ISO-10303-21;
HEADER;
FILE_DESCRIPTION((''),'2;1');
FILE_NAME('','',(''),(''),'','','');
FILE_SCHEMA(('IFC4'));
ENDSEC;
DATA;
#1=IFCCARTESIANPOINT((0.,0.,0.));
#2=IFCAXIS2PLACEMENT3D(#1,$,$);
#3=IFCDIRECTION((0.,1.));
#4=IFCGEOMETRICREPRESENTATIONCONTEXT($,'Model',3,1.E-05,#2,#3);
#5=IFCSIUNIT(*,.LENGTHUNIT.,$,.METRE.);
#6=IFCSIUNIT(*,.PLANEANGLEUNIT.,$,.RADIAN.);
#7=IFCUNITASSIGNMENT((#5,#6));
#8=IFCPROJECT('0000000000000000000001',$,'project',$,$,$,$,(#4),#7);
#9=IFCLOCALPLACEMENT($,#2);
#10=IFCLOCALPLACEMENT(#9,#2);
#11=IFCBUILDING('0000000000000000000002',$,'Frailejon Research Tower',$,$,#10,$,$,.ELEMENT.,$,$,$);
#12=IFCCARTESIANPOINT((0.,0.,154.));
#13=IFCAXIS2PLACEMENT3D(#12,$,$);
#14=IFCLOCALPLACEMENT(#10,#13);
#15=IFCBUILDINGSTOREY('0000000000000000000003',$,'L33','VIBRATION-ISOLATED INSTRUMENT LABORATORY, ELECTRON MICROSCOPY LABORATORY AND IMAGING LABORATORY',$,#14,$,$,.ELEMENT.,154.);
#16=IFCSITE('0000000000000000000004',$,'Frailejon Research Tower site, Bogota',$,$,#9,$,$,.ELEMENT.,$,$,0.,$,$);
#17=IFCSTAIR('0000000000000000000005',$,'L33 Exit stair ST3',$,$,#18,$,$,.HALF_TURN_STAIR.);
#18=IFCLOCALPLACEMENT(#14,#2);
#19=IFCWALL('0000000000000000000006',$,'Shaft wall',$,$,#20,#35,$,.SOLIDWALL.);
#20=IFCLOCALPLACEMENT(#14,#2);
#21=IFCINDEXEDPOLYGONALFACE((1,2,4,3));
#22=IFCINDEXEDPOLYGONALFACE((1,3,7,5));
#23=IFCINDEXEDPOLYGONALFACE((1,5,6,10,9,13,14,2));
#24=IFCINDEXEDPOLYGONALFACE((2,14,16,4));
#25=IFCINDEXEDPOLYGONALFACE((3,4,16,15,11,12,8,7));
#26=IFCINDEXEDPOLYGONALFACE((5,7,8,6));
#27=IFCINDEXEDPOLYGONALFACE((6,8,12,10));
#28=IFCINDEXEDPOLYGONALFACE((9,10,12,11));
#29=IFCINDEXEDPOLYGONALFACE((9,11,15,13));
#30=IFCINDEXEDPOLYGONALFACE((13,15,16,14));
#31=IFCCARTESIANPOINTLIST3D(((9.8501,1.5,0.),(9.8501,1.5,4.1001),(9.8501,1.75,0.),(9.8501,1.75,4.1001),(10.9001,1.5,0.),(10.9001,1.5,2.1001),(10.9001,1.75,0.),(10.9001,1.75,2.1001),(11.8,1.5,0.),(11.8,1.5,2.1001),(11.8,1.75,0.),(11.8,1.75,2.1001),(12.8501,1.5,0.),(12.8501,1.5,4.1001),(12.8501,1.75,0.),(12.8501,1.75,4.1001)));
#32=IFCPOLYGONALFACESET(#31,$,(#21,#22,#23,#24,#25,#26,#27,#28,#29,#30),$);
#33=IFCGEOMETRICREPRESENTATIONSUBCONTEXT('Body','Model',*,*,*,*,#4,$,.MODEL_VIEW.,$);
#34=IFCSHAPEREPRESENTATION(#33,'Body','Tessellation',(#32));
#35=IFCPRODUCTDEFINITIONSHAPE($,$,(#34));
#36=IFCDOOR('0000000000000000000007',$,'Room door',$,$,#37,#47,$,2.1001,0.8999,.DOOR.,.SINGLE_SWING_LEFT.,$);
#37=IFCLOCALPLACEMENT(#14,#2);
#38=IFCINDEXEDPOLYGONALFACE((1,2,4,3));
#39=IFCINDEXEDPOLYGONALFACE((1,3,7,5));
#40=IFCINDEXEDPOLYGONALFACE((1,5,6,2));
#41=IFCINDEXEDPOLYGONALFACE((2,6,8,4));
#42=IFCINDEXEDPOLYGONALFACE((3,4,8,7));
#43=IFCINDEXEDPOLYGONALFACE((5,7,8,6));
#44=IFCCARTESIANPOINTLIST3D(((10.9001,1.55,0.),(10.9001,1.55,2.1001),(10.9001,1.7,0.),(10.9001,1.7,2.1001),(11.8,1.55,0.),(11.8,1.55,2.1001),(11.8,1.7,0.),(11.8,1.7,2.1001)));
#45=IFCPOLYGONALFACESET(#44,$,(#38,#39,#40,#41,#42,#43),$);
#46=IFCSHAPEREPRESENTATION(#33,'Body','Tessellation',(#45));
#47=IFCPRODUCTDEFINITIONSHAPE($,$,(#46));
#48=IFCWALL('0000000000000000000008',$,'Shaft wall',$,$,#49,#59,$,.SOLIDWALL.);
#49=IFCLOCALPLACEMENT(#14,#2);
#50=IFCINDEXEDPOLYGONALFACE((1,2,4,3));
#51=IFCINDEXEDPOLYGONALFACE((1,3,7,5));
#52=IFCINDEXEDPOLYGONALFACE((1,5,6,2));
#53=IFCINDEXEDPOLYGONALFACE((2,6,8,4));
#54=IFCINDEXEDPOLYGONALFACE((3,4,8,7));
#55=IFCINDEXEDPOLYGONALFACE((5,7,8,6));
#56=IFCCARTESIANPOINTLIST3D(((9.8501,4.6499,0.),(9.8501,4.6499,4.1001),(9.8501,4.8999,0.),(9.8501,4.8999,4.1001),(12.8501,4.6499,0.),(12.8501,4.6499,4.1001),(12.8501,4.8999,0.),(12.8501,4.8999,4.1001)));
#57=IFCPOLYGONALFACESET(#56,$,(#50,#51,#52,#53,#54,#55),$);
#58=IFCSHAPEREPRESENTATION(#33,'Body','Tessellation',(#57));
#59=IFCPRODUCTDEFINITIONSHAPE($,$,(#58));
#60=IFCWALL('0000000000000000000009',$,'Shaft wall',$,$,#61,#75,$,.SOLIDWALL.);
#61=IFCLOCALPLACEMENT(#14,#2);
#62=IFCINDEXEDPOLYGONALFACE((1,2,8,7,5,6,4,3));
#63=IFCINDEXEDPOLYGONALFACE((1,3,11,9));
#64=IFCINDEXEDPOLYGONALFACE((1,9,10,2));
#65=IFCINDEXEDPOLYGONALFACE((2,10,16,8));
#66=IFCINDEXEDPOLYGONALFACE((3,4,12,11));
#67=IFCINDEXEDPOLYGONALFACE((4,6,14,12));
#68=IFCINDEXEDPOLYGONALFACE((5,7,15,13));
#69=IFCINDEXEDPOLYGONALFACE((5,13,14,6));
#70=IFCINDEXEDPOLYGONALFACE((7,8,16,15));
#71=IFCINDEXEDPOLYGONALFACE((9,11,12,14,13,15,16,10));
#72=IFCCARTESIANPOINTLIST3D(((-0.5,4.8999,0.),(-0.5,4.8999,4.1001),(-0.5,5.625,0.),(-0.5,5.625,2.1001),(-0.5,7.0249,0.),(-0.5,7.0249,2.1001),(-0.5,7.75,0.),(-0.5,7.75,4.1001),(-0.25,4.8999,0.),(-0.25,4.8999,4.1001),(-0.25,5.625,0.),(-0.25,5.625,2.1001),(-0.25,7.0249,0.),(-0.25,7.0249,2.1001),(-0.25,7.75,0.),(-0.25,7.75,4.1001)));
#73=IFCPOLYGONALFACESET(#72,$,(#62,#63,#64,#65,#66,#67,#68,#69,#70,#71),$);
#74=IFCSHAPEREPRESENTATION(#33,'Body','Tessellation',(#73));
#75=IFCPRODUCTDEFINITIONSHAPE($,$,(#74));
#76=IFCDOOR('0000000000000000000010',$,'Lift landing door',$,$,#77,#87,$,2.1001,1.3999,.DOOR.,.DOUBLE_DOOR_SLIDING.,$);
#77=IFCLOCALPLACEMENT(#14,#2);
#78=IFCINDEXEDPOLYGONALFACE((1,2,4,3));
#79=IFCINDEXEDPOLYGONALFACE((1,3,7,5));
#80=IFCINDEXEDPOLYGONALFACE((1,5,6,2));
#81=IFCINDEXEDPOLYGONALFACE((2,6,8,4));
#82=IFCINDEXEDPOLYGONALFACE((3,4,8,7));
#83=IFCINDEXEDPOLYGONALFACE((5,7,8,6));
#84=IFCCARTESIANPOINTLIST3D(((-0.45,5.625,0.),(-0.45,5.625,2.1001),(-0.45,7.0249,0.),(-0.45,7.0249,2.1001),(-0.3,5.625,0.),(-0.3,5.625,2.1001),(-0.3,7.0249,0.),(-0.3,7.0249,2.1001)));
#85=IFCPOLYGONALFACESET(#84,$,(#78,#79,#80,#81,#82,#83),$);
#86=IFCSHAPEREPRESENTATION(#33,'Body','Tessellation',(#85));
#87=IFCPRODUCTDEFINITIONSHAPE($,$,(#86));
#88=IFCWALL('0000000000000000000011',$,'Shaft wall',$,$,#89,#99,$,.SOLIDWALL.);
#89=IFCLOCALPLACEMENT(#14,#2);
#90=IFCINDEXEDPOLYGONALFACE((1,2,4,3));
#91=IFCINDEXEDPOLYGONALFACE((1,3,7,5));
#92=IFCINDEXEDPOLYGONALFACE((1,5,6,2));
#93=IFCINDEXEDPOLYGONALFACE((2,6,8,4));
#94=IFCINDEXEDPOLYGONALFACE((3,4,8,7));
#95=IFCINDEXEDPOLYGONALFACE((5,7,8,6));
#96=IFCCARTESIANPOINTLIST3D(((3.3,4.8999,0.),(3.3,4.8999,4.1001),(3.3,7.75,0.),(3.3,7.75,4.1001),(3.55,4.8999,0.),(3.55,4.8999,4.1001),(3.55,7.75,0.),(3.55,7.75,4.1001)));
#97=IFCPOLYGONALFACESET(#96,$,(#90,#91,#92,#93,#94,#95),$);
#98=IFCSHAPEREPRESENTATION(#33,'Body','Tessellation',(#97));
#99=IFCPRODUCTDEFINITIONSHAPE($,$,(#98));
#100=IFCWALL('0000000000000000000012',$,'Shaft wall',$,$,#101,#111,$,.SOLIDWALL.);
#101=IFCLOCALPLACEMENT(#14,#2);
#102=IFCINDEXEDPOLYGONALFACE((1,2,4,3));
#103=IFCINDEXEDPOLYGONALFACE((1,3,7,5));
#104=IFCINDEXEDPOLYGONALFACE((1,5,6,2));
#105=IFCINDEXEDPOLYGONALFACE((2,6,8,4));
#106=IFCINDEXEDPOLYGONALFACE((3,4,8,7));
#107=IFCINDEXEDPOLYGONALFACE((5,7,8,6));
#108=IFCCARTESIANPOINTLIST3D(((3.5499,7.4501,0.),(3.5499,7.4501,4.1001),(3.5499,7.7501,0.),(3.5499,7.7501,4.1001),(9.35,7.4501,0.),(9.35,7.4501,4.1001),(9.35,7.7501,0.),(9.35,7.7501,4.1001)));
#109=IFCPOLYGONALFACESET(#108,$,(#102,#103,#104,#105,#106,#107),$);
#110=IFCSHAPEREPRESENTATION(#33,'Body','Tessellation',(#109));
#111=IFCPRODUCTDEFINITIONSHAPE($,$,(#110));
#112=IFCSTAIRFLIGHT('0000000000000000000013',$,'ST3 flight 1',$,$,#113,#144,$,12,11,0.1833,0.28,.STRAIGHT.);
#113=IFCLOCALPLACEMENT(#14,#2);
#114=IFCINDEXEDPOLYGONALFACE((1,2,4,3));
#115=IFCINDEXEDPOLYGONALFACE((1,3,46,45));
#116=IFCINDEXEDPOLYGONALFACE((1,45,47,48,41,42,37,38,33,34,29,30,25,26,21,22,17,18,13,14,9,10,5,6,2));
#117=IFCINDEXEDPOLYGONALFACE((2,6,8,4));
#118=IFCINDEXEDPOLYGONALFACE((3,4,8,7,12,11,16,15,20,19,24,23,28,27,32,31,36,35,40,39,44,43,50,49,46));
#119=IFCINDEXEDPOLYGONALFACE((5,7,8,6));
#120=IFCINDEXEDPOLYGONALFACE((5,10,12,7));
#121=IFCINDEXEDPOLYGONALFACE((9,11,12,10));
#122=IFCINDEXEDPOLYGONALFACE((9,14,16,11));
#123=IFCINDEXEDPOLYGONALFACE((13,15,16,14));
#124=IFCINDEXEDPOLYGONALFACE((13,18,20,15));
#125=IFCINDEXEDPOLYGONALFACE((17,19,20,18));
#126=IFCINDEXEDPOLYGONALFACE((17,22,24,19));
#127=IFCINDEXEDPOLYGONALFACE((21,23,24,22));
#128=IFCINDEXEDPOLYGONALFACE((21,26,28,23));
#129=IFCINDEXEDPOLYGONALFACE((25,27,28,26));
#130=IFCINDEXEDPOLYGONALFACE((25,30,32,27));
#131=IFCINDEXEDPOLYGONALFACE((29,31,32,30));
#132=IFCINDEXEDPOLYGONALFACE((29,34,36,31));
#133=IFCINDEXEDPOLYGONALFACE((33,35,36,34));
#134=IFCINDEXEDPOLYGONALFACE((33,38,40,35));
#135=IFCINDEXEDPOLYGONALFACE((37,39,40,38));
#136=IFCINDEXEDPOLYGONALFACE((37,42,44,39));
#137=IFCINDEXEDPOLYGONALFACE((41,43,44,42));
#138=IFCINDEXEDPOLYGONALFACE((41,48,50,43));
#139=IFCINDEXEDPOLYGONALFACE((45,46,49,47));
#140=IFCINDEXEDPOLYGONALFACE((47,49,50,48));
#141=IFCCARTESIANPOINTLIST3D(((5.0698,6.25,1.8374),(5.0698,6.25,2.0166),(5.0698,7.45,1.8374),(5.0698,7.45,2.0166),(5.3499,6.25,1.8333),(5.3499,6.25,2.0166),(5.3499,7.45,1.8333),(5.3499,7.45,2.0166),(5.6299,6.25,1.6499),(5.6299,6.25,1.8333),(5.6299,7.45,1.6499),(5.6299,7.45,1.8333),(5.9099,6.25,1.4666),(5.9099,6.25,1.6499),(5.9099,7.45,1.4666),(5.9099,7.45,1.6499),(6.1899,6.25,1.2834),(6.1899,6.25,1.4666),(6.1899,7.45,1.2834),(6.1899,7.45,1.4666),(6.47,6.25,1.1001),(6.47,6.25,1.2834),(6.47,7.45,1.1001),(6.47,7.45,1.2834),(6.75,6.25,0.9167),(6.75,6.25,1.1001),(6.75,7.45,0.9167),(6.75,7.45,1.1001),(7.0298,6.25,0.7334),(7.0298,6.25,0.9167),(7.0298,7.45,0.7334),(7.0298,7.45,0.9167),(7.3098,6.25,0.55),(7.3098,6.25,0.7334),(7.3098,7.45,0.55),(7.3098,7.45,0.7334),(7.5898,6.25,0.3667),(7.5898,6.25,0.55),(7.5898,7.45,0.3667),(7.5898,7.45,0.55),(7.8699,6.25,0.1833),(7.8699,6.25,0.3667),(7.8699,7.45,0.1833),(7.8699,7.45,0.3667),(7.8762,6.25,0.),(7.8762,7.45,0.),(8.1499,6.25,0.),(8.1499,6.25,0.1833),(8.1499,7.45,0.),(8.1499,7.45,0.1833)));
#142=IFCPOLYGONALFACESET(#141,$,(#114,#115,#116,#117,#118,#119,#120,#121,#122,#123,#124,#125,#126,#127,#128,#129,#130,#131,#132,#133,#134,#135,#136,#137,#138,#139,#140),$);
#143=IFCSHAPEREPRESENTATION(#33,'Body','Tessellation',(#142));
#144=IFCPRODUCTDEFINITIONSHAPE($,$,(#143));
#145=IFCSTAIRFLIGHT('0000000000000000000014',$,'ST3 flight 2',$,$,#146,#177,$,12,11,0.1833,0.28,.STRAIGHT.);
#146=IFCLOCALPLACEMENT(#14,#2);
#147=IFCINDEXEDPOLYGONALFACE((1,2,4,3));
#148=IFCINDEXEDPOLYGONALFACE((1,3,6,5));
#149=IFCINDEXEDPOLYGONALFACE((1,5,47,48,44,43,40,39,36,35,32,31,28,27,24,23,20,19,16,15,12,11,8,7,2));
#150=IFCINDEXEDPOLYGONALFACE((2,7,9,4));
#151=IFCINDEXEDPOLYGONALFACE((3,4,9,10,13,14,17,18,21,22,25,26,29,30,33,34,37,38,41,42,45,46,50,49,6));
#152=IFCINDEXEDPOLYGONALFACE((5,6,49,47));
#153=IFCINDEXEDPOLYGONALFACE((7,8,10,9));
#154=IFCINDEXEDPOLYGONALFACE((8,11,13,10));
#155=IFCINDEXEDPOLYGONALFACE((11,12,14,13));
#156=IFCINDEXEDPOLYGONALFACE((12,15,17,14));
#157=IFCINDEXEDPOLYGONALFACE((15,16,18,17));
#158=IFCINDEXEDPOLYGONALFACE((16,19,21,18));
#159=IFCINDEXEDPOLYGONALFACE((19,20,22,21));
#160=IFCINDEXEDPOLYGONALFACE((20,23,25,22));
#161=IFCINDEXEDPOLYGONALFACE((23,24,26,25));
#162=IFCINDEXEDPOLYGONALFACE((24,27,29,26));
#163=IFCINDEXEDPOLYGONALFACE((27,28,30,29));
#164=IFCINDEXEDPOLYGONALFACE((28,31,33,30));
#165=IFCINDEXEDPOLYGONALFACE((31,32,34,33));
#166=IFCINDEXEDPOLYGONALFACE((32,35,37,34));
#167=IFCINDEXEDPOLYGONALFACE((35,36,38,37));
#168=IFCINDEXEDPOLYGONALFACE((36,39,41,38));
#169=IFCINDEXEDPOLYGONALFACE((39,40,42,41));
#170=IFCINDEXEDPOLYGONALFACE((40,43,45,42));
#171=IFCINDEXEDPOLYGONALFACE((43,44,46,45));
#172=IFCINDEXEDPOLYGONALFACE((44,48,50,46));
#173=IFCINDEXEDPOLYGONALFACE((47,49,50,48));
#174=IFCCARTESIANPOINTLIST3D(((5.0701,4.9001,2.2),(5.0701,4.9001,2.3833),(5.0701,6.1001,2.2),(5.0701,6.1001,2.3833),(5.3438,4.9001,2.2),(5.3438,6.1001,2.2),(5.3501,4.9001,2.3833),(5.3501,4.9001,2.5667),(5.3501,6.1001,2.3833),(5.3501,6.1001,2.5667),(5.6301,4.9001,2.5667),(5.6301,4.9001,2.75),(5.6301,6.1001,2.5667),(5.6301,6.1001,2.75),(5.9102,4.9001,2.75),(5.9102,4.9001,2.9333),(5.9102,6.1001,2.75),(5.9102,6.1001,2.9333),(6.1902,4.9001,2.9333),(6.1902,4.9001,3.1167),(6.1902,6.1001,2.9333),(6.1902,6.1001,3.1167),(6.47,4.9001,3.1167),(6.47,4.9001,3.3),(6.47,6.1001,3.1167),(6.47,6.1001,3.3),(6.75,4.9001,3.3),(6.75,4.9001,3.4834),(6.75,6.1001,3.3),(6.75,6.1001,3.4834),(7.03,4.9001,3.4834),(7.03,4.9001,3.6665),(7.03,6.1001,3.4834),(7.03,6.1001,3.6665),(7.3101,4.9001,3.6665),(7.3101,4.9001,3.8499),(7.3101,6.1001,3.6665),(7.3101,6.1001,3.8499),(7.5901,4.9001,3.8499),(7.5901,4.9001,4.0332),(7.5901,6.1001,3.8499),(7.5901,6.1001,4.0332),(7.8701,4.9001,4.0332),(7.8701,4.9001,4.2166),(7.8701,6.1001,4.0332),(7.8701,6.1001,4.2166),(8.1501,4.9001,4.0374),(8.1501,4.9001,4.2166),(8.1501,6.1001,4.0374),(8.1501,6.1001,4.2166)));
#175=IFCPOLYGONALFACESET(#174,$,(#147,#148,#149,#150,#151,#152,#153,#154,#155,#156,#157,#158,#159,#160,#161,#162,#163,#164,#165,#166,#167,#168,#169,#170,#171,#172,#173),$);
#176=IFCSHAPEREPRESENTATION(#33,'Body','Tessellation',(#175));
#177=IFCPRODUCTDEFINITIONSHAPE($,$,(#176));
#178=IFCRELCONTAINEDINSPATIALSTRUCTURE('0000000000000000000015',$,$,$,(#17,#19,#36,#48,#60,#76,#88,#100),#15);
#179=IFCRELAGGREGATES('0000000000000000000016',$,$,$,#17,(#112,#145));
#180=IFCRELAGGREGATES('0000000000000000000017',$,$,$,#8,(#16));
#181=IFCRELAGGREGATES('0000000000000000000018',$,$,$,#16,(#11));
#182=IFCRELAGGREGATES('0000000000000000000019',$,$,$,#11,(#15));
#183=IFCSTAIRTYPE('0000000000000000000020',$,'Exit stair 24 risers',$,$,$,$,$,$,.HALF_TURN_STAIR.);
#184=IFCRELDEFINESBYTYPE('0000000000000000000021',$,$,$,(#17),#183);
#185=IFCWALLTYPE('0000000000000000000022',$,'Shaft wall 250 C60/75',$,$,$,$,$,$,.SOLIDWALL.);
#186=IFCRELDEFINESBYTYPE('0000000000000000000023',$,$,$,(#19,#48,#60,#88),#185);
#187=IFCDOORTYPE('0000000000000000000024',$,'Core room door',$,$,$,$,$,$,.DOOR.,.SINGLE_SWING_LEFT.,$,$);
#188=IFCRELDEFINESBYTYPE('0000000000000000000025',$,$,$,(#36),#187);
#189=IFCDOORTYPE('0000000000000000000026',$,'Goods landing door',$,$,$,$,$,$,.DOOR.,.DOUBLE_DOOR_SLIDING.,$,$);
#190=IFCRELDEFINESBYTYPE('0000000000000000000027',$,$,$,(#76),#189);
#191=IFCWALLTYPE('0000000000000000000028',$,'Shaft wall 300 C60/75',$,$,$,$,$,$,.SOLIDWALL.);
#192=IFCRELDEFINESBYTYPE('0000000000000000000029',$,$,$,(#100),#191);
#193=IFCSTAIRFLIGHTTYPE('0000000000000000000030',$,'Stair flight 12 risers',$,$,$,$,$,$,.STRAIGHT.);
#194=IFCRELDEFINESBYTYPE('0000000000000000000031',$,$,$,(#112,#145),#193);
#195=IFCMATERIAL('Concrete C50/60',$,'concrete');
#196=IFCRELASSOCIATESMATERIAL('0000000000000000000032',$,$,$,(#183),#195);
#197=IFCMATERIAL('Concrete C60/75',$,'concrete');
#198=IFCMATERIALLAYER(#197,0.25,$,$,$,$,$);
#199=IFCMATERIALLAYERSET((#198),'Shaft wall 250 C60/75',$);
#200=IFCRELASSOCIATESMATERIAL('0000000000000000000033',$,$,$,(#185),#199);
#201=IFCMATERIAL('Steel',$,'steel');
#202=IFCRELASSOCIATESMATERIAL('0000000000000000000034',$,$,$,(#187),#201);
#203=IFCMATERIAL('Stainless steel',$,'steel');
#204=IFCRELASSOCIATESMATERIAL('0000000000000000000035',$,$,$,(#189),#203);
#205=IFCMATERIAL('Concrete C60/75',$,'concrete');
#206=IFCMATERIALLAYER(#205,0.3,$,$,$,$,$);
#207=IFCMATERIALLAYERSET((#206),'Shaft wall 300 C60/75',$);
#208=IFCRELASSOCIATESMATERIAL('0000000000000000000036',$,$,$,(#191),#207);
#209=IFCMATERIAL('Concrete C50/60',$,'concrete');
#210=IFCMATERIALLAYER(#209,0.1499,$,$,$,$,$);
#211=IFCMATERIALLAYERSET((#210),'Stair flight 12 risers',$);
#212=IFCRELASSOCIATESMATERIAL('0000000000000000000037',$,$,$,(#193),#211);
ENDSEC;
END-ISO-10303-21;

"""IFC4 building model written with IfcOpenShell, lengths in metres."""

from ifc_helpers import new_model, si_unit, direction, frame, frame_2d, origin, place, context, subcontext, project, spatial, polyline, rectangle, outline, extrude, material, layer, layer_set, type_object, element, fill, aggregate, save


model = new_model("IFC4")

# Units and contexts
model_context = context("Model", 3, precision=1e-05, world=origin(), true_north=direction((0.0, 1.0)))
body_context = subcontext(model_context, "Body", "Model", "MODEL_VIEW")
ifc_project = project(units=[si_unit("LENGTHUNIT", "METRE"), si_unit("PLANEANGLEUNIT", "RADIAN")], contexts=[model_context])

# Site, building, storey
site_placement = place(None, origin())
site = spatial("IfcSite", under=ifc_project, at=site_placement, Name="Frailejon Research Tower site, Bogota", CompositionType="ELEMENT", RefElevation=0.0)
building_placement = place(site_placement, origin())
building = spatial("IfcBuilding", under=site, at=building_placement, Name="Frailejon Research Tower", CompositionType="ELEMENT")
storey_placement = place(building_placement, frame((0.0, 0.0, 154.0)))
storey = spatial("IfcBuildingStorey", under=building, at=storey_placement, Name="L33", Description="VIBRATION-ISOLATED INSTRUMENT LABORATORY, ELECTRON MICROSCOPY LABORATORY AND IMAGING LABORATORY", CompositionType="ELEMENT", Elevation=154.0)

# Stair
ifc_material_1 = material(Name="Concrete C50/60", Category="concrete")
stair_type = type_object("IfcStairType", Name="Exit stair 24 risers", PredefinedType="HALF_TURN_STAIR", material=ifc_material_1)
stair_1_placement = place(storey_placement, origin())
stair_1 = element("IfcStair", 1, at=stair_1_placement, inside=storey, type_object=stair_type, Name="L33 Exit stair ST3", PredefinedType="HALF_TURN_STAIR")

# Wall, opening, door
ifc_material_2 = material(Name="Concrete C60/75", Category="concrete")
ifc_layer_1 = layer(ifc_material_2, 0.25)
ifc_layer_set_1 = layer_set([ifc_layer_1], Name="Shaft wall 250 C60/75")
wall_type_1 = type_object("IfcWallType", Name="Shaft wall 250 C60/75", PredefinedType="SOLIDWALL", material=ifc_layer_set_1)
wall_1_placement = place(storey_placement, frame((9.8501, 1.625, 0.0), z_axis=(0.0, 0.0, 1.0), x_axis=(1.0, 0.0, 0.0)))
wall_1 = element("IfcWall", 2, at=wall_1_placement, inside=storey, type_object=wall_type_1, Name="Shaft wall", PredefinedType="SOLIDWALL", context=body_context, shape_type="SweptSolid", body=[
    extrude(rectangle(XDim=3.0, YDim=0.25, at=frame_2d((1.5, 0.0))), origin(), (0.0, 0.0, 1.0), 4.1001),
])
opening_1_placement = place(wall_1_placement, frame((1.05, 0.0, 0.0)))
opening_1 = element("IfcOpeningElement", 3, at=opening_1_placement, cuts=wall_1, PredefinedType="OPENING", context=body_context, shape_type="SweptSolid", body=[
    extrude(rectangle(XDim=0.8999, YDim=2.1001, at=frame_2d((0.45, 1.05))), frame((0.0, 0.135, 0.0), z_axis=(0.0, -1.0, 0.0), x_axis=(1.0, 0.0, 0.0)), (0.0, 0.0, 1.0), 0.27),
])
ifc_material_3 = material(Name="Steel", Category="steel")
door_type_1 = type_object("IfcDoorType", Name="Core room door", OperationType="SINGLE_SWING_LEFT", PredefinedType="DOOR", material=ifc_material_3)
door_1_placement = place(opening_1_placement, origin())
door_1 = element("IfcDoor", 4, at=door_1_placement, inside=storey, type_object=door_type_1, Name="Room door", OperationType="SINGLE_SWING_LEFT", OverallHeight=2.1001, OverallWidth=0.8999, PredefinedType="DOOR", context=body_context, shape_type="SweptSolid", body=[
    extrude(rectangle(XDim=0.8999, YDim=2.1001, at=frame_2d((0.45, 1.05))), frame((0.0, 0.075, 0.0), z_axis=(0.0, -1.0, 0.0), x_axis=(1.0, 0.0, 0.0)), (0.0, 0.0, 1.0), 0.1499),
])
fill(opening_1, door_1)

# Wall
wall_2_placement = place(storey_placement, frame((9.8501, 4.7749, 0.0), z_axis=(0.0, 0.0, 1.0), x_axis=(1.0, 0.0, 0.0)))
element("IfcWall", 5, at=wall_2_placement, inside=storey, type_object=wall_type_1, Name="Shaft wall", PredefinedType="SOLIDWALL", context=body_context, shape_type="SweptSolid", body=[
    extrude(rectangle(XDim=3.0, YDim=0.25, at=frame_2d((1.5, 0.0))), origin(), (0.0, 0.0, 1.0), 4.1001),
])

# Wall, opening, door
wall_3_placement = place(storey_placement, frame((-0.375, 4.8999, 0.0), z_axis=(0.0, 0.0, 1.0), x_axis=(0.0, 1.0, 0.0)))
wall_3 = element("IfcWall", 6, at=wall_3_placement, inside=storey, type_object=wall_type_1, Name="Shaft wall", PredefinedType="SOLIDWALL", context=body_context, shape_type="SweptSolid", body=[
    extrude(rectangle(XDim=2.8501, YDim=0.25, at=frame_2d((1.425, 0.0))), origin(), (0.0, 0.0, 1.0), 4.1001),
])
opening_2_placement = place(wall_3_placement, frame((0.7251, 0.0, 0.0)))
opening_2 = element("IfcOpeningElement", 7, at=opening_2_placement, cuts=wall_3, PredefinedType="OPENING", context=body_context, shape_type="SweptSolid", body=[
    extrude(rectangle(XDim=1.3999, YDim=2.1001, at=frame_2d((0.7, 1.05))), frame((0.0, 0.135, 0.0), z_axis=(0.0, -1.0, 0.0), x_axis=(1.0, 0.0, 0.0)), (0.0, 0.0, 1.0), 0.27),
])
ifc_material_4 = material(Name="Stainless steel", Category="steel")
door_type_2 = type_object("IfcDoorType", Name="Goods landing door", OperationType="DOUBLE_DOOR_SLIDING", PredefinedType="DOOR", material=ifc_material_4)
door_2_placement = place(opening_2_placement, origin())
door_2 = element("IfcDoor", 8, at=door_2_placement, inside=storey, type_object=door_type_2, Name="Lift landing door", OperationType="DOUBLE_DOOR_SLIDING", OverallHeight=2.1001, OverallWidth=1.3999, PredefinedType="DOOR", context=body_context, shape_type="SweptSolid", body=[
    extrude(rectangle(XDim=1.3999, YDim=2.1001, at=frame_2d((0.7, 1.05))), frame((0.0, 0.075, 0.0), z_axis=(0.0, -1.0, 0.0), x_axis=(1.0, 0.0, 0.0)), (0.0, 0.0, 1.0), 0.1499),
])
fill(opening_2, door_2)

# Walls
wall_4_placement = place(storey_placement, frame((3.425, 4.8999, 0.0), z_axis=(0.0, 0.0, 1.0), x_axis=(0.0, 1.0, 0.0)))
element("IfcWall", 9, at=wall_4_placement, inside=storey, type_object=wall_type_1, Name="Shaft wall", PredefinedType="SOLIDWALL", context=body_context, shape_type="SweptSolid", body=[
    extrude(rectangle(XDim=2.8501, YDim=0.25, at=frame_2d((1.425, 0.0))), origin(), (0.0, 0.0, 1.0), 4.1001),
])
ifc_material_5 = material(Name="Concrete C60/75", Category="concrete")
ifc_layer_2 = layer(ifc_material_5, 0.3)
ifc_layer_set_2 = layer_set([ifc_layer_2], Name="Shaft wall 300 C60/75")
wall_type_2 = type_object("IfcWallType", Name="Shaft wall 300 C60/75", PredefinedType="SOLIDWALL", material=ifc_layer_set_2)
wall_5_placement = place(storey_placement, frame((3.55, 7.6001, 0.0), z_axis=(0.0, 0.0, 1.0), x_axis=(1.0, 0.0, 0.0)))
element("IfcWall", 10, at=wall_5_placement, inside=storey, type_object=wall_type_2, Name="Shaft wall", PredefinedType="SOLIDWALL", context=body_context, shape_type="SweptSolid", body=[
    extrude(rectangle(XDim=5.8, YDim=0.3, at=frame_2d((2.8999, 0.0))), origin(), (0.0, 0.0, 1.0), 4.1001),
])

# Stair flights
ifc_material_6 = material(Name="Concrete C50/60", Category="concrete")
ifc_layer_3 = layer(ifc_material_6, 0.1499)
ifc_layer_set_3 = layer_set([ifc_layer_3], Name="Stair flight 12 risers")
stair_flight_type = type_object("IfcStairFlightType", Name="Stair flight 12 risers", PredefinedType="STRAIGHT", material=ifc_layer_set_3)
stair_flight_1_placement = place(storey_placement, frame((8.1499, 6.8501, 0.0), z_axis=(0.0, 0.0, 1.0), x_axis=(-1.0, 0.0, 0.0)))
stair_flight_1 = element("IfcStairFlight", 11, at=stair_flight_1_placement, type_object=stair_flight_type, Name="ST3 flight 1", NumberOfRisers=12, NumberOfTreads=11, PredefinedType="STRAIGHT", RiserHeight=0.1833, TreadLength=0.28, context=body_context, shape_type="SweptSolid", body=[
    extrude(outline(polyline([(0.0, 0.0), (0.0, 0.1833), (0.28, 0.1833), (0.28, 0.3667), (0.5601, 0.3667), (0.5601, 0.55), (0.8401, 0.55), (0.8401, 0.7334), (1.1201, 0.7334), (1.1201, 0.9167), (1.3999, 0.9167), (1.3999, 1.1001), (1.6799, 1.1001), (1.6799, 1.2834), (1.96, 1.2834), (1.96, 1.4666), (2.24, 1.4666), (2.24, 1.6499), (2.52, 1.6499), (2.52, 1.8333), (2.8, 1.8333), (2.8, 2.0166), (3.0801, 2.0166), (3.0801, 2.2), (3.0801, 1.8374), (0.2737, 0.0), (0.0, 0.0)])), frame((0.0, 0.6001, 0.0), z_axis=(0.0, -1.0, 0.0), x_axis=(1.0, 0.0, 0.0)), (0.0, 0.0, 1.0), 1.2),
])
stair_flight_2_placement = place(storey_placement, frame((5.0701, 5.5, 2.2), z_axis=(0.0, 0.0, 1.0), x_axis=(1.0, 0.0, 0.0)))
stair_flight_2 = element("IfcStairFlight", 12, at=stair_flight_2_placement, type_object=stair_flight_type, Name="ST3 flight 2", NumberOfRisers=12, NumberOfTreads=11, PredefinedType="STRAIGHT", RiserHeight=0.1833, TreadLength=0.28, context=body_context, shape_type="SweptSolid", body=[
    extrude(outline(polyline([(0.0, 0.0), (0.0, 0.1833), (0.28, 0.1833), (0.28, 0.3667), (0.5601, 0.3667), (0.5601, 0.55), (0.8401, 0.55), (0.8401, 0.7334), (1.1201, 0.7334), (1.1201, 0.9167), (1.3999, 0.9167), (1.3999, 1.1001), (1.6799, 1.1001), (1.6799, 1.2834), (1.96, 1.2834), (1.96, 1.4666), (2.24, 1.4666), (2.24, 1.6499), (2.52, 1.6499), (2.52, 1.8333), (2.8, 1.8333), (2.8, 2.0166), (3.0801, 2.0166), (3.0801, 2.2), (3.0801, 1.8374), (0.2737, 0.0), (0.0, 0.0)])), frame((0.0, 0.6001, 0.0), z_axis=(0.0, -1.0, 0.0), x_axis=(1.0, 0.0, 0.0)), (0.0, 0.0, 1.0), 1.2),
])
aggregate(stair_1, [stair_flight_1, stair_flight_2])

save(model, "model.ifc")
